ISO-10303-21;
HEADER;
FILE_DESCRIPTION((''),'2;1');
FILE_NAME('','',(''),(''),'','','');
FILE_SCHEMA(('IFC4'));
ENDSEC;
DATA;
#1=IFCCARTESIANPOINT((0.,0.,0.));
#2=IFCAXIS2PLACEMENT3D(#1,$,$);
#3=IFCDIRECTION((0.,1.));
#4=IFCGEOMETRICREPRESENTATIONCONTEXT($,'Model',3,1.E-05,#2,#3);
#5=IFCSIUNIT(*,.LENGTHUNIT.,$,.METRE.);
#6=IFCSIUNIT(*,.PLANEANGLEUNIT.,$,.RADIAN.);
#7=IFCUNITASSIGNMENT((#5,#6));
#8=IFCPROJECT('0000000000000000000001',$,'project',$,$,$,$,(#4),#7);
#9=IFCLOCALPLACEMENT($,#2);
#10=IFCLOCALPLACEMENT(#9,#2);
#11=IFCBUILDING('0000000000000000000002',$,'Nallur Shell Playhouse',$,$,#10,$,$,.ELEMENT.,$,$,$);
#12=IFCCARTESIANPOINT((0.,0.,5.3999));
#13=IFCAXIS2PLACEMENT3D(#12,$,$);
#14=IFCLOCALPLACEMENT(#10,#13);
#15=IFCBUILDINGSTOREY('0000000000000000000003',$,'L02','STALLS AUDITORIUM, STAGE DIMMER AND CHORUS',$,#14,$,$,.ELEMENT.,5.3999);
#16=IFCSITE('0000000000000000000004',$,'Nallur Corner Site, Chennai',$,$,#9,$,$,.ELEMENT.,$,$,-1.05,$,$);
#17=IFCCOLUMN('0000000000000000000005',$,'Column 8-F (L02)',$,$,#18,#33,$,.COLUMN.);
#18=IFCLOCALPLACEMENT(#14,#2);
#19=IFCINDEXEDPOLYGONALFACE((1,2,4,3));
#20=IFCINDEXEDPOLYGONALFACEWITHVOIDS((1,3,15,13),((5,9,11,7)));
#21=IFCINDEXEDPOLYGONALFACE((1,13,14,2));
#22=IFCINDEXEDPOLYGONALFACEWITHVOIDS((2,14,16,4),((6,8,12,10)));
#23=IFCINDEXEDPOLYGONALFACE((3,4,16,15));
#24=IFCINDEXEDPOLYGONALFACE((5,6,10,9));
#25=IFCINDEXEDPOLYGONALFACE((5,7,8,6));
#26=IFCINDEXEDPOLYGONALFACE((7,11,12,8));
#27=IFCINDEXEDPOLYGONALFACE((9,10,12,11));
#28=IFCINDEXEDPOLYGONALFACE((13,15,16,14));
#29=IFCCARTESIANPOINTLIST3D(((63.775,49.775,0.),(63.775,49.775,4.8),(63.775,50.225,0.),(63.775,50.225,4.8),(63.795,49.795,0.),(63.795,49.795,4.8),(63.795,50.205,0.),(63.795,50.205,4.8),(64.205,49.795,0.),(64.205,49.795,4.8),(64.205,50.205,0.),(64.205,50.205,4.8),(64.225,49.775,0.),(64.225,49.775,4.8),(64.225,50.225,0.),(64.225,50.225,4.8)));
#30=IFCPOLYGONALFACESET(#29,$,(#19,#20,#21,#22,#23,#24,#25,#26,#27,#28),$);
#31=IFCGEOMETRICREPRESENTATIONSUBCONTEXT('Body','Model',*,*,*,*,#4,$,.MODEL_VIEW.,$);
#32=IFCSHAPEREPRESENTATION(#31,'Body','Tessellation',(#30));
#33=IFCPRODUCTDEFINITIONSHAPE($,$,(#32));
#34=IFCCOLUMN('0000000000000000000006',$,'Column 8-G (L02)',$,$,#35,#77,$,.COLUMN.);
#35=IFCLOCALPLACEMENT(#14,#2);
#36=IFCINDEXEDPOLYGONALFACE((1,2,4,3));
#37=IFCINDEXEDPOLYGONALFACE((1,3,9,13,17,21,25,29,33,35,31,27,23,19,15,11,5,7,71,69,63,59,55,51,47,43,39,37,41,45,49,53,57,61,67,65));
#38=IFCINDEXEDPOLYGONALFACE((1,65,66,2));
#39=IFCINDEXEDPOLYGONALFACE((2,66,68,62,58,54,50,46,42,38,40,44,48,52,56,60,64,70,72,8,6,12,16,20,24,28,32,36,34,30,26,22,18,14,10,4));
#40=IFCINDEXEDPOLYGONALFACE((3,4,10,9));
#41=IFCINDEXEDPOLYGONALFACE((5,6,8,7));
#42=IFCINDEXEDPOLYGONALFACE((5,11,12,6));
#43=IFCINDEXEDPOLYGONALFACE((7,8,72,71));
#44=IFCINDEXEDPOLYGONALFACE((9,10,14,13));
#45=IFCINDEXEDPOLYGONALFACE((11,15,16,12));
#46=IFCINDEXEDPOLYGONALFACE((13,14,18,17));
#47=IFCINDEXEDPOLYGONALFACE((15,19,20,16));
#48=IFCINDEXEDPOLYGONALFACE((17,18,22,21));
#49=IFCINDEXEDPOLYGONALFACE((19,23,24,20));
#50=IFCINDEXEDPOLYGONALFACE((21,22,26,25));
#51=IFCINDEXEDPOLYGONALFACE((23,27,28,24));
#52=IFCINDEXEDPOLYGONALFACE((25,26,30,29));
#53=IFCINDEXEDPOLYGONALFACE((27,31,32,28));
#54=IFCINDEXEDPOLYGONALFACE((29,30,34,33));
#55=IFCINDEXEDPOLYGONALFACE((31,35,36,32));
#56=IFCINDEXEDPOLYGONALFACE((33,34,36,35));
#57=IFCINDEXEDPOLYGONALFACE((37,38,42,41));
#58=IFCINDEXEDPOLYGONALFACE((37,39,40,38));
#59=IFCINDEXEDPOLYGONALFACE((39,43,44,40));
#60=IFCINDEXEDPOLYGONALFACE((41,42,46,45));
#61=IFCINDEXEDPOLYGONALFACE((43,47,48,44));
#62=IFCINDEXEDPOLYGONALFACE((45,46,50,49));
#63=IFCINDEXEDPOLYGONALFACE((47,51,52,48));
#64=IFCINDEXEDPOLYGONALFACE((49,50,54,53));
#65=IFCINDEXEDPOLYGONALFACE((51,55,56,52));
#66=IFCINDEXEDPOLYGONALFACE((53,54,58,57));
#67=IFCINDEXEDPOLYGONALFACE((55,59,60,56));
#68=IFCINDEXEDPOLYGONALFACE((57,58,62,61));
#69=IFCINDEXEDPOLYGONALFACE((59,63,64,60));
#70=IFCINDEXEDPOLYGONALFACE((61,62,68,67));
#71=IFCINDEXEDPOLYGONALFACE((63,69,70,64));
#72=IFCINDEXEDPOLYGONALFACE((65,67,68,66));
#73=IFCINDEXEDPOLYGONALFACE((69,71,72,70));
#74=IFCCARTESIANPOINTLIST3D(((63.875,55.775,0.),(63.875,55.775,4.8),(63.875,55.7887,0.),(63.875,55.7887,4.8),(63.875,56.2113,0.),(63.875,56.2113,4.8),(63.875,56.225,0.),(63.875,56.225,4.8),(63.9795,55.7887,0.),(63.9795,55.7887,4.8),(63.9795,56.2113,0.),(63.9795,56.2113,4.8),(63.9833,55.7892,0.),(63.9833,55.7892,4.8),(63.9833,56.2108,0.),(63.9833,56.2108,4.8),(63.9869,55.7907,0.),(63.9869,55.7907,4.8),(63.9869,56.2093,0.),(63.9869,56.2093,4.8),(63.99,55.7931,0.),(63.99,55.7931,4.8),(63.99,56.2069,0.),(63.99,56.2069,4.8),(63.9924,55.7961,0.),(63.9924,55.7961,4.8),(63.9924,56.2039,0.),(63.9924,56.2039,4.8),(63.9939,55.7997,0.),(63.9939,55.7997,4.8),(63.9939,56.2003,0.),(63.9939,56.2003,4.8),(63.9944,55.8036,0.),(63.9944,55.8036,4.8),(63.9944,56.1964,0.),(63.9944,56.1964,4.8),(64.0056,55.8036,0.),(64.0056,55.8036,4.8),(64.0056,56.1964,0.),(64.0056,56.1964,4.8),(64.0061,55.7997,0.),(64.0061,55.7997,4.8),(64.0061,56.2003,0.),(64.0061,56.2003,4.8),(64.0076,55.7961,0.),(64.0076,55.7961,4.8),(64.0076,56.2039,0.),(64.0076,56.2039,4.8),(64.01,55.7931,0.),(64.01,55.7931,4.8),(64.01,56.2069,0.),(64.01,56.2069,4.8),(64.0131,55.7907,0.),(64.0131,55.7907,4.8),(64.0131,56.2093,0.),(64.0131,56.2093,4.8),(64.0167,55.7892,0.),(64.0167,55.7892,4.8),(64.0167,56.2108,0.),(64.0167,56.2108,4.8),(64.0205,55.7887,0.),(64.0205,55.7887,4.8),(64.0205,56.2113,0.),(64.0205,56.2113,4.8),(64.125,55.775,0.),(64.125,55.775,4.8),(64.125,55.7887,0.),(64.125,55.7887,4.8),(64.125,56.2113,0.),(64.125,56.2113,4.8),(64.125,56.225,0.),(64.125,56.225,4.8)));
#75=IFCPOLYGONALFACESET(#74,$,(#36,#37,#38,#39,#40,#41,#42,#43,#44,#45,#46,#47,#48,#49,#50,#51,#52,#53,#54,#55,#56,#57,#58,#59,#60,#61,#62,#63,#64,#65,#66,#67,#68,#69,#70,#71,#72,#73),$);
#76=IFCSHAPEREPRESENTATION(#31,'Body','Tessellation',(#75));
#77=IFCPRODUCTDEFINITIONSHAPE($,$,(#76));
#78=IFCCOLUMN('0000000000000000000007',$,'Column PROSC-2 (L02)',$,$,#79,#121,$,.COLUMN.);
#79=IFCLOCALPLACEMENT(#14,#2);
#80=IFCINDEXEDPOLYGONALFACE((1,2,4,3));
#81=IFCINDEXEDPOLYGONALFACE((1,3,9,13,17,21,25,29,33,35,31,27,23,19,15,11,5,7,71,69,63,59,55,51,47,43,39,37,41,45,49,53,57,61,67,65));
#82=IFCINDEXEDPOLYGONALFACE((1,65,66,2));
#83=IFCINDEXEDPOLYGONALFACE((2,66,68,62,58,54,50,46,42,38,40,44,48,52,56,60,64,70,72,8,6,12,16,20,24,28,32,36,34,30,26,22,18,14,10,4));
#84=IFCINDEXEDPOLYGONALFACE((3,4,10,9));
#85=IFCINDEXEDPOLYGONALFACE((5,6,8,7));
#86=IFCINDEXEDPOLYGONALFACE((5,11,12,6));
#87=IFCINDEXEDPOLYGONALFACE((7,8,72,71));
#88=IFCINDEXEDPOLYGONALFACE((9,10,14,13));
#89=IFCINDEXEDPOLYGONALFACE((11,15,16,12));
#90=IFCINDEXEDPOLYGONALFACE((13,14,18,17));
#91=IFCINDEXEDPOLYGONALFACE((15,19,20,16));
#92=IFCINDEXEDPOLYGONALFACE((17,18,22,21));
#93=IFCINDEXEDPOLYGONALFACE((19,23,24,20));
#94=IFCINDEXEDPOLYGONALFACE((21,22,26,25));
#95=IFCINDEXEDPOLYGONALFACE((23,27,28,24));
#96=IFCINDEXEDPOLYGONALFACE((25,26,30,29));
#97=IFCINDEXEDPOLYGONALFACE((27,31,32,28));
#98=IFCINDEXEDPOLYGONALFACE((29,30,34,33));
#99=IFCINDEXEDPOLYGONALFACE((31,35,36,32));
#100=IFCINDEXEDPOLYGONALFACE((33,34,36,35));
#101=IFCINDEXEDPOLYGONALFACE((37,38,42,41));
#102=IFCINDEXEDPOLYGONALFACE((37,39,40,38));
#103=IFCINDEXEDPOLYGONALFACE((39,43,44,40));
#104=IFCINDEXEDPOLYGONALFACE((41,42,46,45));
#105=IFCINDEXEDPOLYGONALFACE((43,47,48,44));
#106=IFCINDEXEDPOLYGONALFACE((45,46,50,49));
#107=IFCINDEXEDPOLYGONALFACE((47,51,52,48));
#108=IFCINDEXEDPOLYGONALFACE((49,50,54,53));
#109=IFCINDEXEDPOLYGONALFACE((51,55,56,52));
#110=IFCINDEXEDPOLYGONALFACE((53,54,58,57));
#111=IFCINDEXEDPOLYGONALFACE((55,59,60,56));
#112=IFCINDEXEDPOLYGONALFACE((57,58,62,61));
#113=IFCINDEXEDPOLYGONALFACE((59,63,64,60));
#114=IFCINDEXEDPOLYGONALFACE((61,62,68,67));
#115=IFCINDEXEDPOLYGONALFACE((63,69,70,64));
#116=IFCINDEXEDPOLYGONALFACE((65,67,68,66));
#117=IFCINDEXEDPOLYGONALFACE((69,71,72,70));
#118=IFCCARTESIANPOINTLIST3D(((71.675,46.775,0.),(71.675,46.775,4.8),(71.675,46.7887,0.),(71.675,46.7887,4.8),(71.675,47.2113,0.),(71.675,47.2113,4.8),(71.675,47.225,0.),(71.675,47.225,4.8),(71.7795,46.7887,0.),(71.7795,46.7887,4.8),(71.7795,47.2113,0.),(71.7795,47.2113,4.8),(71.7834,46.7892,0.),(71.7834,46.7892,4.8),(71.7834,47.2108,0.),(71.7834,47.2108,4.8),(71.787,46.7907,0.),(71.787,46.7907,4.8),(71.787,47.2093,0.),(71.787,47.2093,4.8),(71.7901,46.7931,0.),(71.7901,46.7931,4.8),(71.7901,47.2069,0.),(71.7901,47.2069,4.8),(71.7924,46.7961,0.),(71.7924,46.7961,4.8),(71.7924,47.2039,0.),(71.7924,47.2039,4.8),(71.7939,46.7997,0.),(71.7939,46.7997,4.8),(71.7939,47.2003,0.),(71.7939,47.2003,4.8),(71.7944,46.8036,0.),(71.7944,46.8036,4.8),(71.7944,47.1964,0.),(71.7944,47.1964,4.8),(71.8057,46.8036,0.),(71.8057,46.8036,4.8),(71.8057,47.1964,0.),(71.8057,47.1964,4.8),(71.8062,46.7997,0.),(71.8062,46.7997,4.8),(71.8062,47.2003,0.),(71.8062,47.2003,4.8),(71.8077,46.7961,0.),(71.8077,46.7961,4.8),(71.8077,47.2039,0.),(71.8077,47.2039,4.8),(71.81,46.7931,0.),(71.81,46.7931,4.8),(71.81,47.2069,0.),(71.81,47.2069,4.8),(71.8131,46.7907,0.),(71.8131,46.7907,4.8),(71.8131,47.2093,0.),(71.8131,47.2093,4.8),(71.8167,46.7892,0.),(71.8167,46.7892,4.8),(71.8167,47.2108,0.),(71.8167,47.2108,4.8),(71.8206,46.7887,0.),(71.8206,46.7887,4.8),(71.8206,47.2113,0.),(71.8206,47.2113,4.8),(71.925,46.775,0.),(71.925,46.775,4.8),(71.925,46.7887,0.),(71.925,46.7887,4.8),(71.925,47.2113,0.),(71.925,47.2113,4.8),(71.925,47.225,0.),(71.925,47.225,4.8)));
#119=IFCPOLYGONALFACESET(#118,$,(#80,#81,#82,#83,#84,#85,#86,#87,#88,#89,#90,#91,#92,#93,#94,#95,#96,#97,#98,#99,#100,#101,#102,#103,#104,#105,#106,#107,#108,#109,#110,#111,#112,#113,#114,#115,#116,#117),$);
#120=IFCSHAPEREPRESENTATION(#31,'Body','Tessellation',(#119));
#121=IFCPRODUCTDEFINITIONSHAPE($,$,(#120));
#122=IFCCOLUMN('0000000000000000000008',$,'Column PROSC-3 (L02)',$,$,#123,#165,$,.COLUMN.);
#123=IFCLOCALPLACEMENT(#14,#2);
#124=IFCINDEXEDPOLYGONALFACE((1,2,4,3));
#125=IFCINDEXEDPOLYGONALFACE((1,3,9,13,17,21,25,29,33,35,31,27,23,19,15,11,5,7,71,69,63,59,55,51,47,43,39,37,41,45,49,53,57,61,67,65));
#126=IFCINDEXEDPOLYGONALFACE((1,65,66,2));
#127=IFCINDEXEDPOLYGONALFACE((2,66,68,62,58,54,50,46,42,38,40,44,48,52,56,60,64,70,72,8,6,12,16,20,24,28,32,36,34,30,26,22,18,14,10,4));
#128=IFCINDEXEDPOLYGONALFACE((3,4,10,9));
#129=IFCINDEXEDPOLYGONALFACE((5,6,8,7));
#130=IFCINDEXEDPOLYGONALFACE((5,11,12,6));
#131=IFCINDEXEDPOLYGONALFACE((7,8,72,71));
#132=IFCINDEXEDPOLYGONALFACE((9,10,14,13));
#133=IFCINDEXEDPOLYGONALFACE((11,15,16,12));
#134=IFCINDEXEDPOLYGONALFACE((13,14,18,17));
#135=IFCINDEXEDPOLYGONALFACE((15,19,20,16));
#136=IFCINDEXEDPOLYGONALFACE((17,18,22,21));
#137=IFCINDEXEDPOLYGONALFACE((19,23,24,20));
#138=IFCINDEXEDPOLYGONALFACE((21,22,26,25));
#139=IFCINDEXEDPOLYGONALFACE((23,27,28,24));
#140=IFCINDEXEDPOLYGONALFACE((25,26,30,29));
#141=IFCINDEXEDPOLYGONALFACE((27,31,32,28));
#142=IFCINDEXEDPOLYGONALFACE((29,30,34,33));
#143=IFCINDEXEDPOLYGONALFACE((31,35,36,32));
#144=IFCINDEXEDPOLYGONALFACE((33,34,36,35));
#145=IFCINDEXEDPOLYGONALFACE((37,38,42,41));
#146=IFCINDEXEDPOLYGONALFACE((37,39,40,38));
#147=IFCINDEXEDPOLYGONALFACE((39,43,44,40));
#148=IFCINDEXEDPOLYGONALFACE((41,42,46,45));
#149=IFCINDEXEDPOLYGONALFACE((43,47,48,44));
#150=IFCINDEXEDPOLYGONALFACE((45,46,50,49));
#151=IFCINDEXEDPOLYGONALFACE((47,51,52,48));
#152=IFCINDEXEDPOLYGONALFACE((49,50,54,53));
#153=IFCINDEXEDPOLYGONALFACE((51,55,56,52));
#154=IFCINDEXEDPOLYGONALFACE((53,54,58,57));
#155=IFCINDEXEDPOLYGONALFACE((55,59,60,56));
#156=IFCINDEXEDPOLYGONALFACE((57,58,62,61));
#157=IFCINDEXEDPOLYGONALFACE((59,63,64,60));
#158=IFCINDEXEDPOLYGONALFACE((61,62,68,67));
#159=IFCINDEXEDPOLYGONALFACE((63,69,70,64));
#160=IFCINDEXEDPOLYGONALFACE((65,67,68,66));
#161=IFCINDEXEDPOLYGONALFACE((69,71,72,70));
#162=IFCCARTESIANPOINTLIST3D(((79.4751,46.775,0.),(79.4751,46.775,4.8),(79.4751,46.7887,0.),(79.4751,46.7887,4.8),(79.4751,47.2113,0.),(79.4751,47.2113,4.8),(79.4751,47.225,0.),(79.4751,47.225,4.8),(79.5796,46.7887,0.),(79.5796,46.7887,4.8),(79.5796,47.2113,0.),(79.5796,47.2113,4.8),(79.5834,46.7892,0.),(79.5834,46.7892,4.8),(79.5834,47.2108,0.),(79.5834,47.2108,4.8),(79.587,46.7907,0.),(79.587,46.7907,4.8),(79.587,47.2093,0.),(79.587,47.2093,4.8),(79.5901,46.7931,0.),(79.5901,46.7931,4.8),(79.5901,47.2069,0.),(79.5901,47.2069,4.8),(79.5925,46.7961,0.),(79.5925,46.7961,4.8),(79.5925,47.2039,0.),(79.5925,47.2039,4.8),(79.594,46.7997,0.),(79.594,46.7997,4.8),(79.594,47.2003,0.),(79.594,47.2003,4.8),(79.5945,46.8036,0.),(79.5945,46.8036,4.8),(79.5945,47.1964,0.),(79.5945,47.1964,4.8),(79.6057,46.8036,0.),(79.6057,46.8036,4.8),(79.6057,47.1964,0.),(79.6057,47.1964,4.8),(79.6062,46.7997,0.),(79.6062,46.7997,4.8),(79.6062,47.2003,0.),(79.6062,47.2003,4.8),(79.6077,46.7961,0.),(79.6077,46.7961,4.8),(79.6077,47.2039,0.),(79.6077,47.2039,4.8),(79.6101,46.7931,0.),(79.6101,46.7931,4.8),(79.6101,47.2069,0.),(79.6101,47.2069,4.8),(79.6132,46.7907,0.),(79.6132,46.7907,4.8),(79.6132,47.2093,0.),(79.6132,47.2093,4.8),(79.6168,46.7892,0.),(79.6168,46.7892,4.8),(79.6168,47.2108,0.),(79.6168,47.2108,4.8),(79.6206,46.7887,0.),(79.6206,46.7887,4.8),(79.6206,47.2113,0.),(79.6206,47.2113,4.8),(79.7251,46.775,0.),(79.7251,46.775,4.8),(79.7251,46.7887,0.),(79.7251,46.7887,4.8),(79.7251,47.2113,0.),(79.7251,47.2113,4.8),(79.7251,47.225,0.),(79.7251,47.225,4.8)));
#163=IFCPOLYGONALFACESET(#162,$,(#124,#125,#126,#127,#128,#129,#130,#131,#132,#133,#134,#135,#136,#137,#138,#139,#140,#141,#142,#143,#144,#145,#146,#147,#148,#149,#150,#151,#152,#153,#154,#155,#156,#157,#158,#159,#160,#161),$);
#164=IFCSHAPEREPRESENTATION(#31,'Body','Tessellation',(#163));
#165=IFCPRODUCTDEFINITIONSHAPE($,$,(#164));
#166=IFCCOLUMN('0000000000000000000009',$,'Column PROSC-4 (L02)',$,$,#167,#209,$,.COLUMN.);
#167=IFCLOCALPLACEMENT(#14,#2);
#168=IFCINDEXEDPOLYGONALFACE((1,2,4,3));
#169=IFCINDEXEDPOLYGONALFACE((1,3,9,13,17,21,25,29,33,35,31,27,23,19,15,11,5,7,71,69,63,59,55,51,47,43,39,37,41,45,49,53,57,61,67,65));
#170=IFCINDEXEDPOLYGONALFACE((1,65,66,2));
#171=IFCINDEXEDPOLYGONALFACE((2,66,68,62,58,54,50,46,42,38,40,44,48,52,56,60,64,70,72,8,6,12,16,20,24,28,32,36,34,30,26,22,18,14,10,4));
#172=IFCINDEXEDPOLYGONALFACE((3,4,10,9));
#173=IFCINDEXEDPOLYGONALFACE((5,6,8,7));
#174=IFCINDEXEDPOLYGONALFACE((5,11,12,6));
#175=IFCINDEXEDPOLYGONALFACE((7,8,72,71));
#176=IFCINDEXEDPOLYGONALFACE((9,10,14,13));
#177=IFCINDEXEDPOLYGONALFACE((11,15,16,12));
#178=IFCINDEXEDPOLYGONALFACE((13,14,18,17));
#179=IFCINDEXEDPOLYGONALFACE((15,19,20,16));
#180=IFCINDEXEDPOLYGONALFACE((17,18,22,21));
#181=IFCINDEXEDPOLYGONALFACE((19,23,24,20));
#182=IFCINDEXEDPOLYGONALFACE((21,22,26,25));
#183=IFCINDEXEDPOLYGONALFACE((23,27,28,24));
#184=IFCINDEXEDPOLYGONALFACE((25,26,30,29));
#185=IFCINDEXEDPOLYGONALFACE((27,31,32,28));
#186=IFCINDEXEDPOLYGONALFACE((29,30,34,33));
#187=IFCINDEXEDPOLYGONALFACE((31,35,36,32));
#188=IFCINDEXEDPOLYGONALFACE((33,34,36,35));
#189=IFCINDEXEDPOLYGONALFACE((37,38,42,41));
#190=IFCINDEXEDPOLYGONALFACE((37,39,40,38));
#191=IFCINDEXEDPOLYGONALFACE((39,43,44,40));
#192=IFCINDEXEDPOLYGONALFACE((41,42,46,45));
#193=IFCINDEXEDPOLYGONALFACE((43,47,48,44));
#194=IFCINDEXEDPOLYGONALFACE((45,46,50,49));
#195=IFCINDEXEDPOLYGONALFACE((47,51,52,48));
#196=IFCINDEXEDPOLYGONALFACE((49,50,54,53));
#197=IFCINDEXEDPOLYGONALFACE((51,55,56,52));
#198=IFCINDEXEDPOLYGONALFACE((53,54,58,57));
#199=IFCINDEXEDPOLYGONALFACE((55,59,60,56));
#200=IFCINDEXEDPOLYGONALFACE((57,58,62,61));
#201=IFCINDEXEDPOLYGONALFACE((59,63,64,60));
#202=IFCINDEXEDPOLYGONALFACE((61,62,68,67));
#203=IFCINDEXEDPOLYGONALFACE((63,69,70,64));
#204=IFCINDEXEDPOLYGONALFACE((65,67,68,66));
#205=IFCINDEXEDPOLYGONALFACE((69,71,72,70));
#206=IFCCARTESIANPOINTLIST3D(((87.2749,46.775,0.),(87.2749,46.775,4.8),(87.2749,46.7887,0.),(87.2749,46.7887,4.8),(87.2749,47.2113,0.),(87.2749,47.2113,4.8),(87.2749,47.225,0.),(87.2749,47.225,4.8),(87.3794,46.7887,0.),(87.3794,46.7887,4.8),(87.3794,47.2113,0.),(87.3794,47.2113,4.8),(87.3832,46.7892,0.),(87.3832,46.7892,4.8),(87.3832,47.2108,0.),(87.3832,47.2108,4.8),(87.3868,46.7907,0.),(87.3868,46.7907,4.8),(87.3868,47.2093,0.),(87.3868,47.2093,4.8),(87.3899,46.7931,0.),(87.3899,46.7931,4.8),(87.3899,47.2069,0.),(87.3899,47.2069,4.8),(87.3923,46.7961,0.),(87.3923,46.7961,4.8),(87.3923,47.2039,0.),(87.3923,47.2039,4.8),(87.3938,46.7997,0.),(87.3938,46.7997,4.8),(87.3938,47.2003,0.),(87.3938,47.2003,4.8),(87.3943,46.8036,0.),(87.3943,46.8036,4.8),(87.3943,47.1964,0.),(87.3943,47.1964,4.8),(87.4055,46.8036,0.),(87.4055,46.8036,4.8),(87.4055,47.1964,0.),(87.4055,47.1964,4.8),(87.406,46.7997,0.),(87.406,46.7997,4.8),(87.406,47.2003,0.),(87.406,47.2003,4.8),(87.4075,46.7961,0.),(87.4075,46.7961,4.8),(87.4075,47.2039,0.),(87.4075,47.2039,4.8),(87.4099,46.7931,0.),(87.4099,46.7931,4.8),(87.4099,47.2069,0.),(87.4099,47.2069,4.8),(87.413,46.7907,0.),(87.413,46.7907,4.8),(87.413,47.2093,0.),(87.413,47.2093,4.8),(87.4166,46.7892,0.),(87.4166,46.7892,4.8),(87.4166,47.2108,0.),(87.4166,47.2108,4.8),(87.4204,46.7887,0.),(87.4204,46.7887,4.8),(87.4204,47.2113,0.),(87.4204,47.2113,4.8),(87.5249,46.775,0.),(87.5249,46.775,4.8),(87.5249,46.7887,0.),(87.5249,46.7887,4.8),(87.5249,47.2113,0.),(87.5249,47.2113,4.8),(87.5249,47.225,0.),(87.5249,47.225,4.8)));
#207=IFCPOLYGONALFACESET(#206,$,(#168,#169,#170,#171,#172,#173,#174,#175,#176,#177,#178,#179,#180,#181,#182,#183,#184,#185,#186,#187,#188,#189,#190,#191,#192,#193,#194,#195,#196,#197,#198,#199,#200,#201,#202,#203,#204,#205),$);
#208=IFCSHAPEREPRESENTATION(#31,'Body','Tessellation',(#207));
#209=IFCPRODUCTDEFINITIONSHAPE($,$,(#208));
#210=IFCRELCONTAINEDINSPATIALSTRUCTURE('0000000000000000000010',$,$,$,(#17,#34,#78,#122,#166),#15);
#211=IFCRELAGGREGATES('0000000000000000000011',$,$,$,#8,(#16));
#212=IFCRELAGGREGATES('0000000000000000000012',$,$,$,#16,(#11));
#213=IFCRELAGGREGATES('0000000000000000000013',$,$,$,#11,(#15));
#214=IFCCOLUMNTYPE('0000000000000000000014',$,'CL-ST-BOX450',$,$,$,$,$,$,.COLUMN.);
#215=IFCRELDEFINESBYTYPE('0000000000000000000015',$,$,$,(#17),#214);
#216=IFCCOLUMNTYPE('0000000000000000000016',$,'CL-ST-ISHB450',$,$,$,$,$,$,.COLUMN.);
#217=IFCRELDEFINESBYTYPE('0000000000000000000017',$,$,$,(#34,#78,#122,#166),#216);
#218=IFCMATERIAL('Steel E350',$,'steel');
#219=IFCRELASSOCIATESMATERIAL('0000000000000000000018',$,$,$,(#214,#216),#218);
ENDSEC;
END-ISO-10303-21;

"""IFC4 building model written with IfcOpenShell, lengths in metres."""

from ifc_helpers import new_model, si_unit, direction, frame, origin, origin_2d, place, context, subcontext, project, spatial, hollow_rectangle, i_section, extrude, material, material_profile, profile_set, type_object, element, save


model = new_model("IFC4")

# Units and contexts
model_context = context("Model", 3, precision=1e-05, world=origin(), true_north=direction((0.0, 1.0)))
body_context = subcontext(model_context, "Body", "Model", "MODEL_VIEW")
ifc_project = project(units=[si_unit("LENGTHUNIT", "METRE"), si_unit("PLANEANGLEUNIT", "RADIAN")], contexts=[model_context])

# Site, building, storey
site_placement = place(None, origin())
site = spatial("IfcSite", under=ifc_project, at=site_placement, Name="Nallur Corner Site, Chennai", CompositionType="ELEMENT", RefElevation=-1.05)
building_placement = place(site_placement, origin())
building = spatial("IfcBuilding", under=site, at=building_placement, Name="Nallur Shell Playhouse", CompositionType="ELEMENT")
storey_placement = place(building_placement, frame((0.0, 0.0, 5.3999)))
storey = spatial("IfcBuildingStorey", under=building, at=storey_placement, Name="L02", Description="STALLS AUDITORIUM, STAGE DIMMER AND CHORUS", CompositionType="ELEMENT", Elevation=5.3999)

# Columns
ifc_material_1 = material(Name="Steel E350", Category="steel")
ifc_material_profile_1 = material_profile(ifc_material_1, hollow_rectangle(XDim=0.45, YDim=0.45, WallThickness=0.02, at=origin_2d()), Name="BOX 450x450x20")
ifc_profile_set_1 = profile_set([ifc_material_profile_1], Name="Steel E350")
column_type_1 = type_object("IfcColumnType", Name="CL-ST-BOX450", PredefinedType="COLUMN", material=ifc_profile_set_1)
column_placement = place(storey_placement, frame((64.0, 50.0, 0.0), z_axis=(0.0, 0.0, 1.0), x_axis=(1.0, 0.0, 0.0)))
element("IfcColumn", 1, at=column_placement, inside=storey, type_object=column_type_1, Name="Column 8-F (L02)", PredefinedType="COLUMN", context=body_context, shape_type="SweptSolid", body=[
    extrude(hollow_rectangle(XDim=0.45, YDim=0.45, WallThickness=0.02, at=origin_2d()), origin(), (0.0, 0.0, 1.0), 4.8),
])
ifc_material_profile_2 = material_profile(ifc_material_1, i_section(OverallWidth=0.25, OverallDepth=0.45, WebThickness=0.0112, FlangeThickness=0.0137, FilletRadius=0.0149, at=origin_2d()), Name="ISHB 450")
ifc_profile_set_2 = profile_set([ifc_material_profile_2], Name="Steel E350")
column_type_2 = type_object("IfcColumnType", Name="CL-ST-ISHB450", PredefinedType="COLUMN", material=ifc_profile_set_2)
for number, where, z_axis, x_axis, name in (
    (2, (64.0, 56.0, 0.0), (0.0, 0.0, 1.0), (1.0, 0.0, 0.0), "Column 8-G (L02)"),
    (3, (71.8, 47.0, 0.0), (0.0, 0.0, 1.0), (1.0, 0.0, 0.0), "Column PROSC-2 (L02)"),
    (4, (79.6001, 47.0, 0.0), (0.0, 0.0, 1.0), (1.0, 0.0, 0.0), "Column PROSC-3 (L02)"),
    (5, (87.3999, 47.0, 0.0), (0.0, 0.0, 1.0), (1.0, 0.0, 0.0), "Column PROSC-4 (L02)"),
):
    element("IfcColumn", number, at=place(storey_placement, frame(where, z_axis=z_axis, x_axis=x_axis)), inside=storey, type_object=column_type_2, Name=name, PredefinedType="COLUMN", context=body_context, shape_type="SweptSolid", body=[
        extrude(i_section(OverallWidth=0.25, OverallDepth=0.45, WebThickness=0.0112, FlangeThickness=0.0137, FilletRadius=0.0149, at=origin_2d()), origin(), (0.0, 0.0, 1.0), 4.8),
    ])

save(model, "model.ifc")
